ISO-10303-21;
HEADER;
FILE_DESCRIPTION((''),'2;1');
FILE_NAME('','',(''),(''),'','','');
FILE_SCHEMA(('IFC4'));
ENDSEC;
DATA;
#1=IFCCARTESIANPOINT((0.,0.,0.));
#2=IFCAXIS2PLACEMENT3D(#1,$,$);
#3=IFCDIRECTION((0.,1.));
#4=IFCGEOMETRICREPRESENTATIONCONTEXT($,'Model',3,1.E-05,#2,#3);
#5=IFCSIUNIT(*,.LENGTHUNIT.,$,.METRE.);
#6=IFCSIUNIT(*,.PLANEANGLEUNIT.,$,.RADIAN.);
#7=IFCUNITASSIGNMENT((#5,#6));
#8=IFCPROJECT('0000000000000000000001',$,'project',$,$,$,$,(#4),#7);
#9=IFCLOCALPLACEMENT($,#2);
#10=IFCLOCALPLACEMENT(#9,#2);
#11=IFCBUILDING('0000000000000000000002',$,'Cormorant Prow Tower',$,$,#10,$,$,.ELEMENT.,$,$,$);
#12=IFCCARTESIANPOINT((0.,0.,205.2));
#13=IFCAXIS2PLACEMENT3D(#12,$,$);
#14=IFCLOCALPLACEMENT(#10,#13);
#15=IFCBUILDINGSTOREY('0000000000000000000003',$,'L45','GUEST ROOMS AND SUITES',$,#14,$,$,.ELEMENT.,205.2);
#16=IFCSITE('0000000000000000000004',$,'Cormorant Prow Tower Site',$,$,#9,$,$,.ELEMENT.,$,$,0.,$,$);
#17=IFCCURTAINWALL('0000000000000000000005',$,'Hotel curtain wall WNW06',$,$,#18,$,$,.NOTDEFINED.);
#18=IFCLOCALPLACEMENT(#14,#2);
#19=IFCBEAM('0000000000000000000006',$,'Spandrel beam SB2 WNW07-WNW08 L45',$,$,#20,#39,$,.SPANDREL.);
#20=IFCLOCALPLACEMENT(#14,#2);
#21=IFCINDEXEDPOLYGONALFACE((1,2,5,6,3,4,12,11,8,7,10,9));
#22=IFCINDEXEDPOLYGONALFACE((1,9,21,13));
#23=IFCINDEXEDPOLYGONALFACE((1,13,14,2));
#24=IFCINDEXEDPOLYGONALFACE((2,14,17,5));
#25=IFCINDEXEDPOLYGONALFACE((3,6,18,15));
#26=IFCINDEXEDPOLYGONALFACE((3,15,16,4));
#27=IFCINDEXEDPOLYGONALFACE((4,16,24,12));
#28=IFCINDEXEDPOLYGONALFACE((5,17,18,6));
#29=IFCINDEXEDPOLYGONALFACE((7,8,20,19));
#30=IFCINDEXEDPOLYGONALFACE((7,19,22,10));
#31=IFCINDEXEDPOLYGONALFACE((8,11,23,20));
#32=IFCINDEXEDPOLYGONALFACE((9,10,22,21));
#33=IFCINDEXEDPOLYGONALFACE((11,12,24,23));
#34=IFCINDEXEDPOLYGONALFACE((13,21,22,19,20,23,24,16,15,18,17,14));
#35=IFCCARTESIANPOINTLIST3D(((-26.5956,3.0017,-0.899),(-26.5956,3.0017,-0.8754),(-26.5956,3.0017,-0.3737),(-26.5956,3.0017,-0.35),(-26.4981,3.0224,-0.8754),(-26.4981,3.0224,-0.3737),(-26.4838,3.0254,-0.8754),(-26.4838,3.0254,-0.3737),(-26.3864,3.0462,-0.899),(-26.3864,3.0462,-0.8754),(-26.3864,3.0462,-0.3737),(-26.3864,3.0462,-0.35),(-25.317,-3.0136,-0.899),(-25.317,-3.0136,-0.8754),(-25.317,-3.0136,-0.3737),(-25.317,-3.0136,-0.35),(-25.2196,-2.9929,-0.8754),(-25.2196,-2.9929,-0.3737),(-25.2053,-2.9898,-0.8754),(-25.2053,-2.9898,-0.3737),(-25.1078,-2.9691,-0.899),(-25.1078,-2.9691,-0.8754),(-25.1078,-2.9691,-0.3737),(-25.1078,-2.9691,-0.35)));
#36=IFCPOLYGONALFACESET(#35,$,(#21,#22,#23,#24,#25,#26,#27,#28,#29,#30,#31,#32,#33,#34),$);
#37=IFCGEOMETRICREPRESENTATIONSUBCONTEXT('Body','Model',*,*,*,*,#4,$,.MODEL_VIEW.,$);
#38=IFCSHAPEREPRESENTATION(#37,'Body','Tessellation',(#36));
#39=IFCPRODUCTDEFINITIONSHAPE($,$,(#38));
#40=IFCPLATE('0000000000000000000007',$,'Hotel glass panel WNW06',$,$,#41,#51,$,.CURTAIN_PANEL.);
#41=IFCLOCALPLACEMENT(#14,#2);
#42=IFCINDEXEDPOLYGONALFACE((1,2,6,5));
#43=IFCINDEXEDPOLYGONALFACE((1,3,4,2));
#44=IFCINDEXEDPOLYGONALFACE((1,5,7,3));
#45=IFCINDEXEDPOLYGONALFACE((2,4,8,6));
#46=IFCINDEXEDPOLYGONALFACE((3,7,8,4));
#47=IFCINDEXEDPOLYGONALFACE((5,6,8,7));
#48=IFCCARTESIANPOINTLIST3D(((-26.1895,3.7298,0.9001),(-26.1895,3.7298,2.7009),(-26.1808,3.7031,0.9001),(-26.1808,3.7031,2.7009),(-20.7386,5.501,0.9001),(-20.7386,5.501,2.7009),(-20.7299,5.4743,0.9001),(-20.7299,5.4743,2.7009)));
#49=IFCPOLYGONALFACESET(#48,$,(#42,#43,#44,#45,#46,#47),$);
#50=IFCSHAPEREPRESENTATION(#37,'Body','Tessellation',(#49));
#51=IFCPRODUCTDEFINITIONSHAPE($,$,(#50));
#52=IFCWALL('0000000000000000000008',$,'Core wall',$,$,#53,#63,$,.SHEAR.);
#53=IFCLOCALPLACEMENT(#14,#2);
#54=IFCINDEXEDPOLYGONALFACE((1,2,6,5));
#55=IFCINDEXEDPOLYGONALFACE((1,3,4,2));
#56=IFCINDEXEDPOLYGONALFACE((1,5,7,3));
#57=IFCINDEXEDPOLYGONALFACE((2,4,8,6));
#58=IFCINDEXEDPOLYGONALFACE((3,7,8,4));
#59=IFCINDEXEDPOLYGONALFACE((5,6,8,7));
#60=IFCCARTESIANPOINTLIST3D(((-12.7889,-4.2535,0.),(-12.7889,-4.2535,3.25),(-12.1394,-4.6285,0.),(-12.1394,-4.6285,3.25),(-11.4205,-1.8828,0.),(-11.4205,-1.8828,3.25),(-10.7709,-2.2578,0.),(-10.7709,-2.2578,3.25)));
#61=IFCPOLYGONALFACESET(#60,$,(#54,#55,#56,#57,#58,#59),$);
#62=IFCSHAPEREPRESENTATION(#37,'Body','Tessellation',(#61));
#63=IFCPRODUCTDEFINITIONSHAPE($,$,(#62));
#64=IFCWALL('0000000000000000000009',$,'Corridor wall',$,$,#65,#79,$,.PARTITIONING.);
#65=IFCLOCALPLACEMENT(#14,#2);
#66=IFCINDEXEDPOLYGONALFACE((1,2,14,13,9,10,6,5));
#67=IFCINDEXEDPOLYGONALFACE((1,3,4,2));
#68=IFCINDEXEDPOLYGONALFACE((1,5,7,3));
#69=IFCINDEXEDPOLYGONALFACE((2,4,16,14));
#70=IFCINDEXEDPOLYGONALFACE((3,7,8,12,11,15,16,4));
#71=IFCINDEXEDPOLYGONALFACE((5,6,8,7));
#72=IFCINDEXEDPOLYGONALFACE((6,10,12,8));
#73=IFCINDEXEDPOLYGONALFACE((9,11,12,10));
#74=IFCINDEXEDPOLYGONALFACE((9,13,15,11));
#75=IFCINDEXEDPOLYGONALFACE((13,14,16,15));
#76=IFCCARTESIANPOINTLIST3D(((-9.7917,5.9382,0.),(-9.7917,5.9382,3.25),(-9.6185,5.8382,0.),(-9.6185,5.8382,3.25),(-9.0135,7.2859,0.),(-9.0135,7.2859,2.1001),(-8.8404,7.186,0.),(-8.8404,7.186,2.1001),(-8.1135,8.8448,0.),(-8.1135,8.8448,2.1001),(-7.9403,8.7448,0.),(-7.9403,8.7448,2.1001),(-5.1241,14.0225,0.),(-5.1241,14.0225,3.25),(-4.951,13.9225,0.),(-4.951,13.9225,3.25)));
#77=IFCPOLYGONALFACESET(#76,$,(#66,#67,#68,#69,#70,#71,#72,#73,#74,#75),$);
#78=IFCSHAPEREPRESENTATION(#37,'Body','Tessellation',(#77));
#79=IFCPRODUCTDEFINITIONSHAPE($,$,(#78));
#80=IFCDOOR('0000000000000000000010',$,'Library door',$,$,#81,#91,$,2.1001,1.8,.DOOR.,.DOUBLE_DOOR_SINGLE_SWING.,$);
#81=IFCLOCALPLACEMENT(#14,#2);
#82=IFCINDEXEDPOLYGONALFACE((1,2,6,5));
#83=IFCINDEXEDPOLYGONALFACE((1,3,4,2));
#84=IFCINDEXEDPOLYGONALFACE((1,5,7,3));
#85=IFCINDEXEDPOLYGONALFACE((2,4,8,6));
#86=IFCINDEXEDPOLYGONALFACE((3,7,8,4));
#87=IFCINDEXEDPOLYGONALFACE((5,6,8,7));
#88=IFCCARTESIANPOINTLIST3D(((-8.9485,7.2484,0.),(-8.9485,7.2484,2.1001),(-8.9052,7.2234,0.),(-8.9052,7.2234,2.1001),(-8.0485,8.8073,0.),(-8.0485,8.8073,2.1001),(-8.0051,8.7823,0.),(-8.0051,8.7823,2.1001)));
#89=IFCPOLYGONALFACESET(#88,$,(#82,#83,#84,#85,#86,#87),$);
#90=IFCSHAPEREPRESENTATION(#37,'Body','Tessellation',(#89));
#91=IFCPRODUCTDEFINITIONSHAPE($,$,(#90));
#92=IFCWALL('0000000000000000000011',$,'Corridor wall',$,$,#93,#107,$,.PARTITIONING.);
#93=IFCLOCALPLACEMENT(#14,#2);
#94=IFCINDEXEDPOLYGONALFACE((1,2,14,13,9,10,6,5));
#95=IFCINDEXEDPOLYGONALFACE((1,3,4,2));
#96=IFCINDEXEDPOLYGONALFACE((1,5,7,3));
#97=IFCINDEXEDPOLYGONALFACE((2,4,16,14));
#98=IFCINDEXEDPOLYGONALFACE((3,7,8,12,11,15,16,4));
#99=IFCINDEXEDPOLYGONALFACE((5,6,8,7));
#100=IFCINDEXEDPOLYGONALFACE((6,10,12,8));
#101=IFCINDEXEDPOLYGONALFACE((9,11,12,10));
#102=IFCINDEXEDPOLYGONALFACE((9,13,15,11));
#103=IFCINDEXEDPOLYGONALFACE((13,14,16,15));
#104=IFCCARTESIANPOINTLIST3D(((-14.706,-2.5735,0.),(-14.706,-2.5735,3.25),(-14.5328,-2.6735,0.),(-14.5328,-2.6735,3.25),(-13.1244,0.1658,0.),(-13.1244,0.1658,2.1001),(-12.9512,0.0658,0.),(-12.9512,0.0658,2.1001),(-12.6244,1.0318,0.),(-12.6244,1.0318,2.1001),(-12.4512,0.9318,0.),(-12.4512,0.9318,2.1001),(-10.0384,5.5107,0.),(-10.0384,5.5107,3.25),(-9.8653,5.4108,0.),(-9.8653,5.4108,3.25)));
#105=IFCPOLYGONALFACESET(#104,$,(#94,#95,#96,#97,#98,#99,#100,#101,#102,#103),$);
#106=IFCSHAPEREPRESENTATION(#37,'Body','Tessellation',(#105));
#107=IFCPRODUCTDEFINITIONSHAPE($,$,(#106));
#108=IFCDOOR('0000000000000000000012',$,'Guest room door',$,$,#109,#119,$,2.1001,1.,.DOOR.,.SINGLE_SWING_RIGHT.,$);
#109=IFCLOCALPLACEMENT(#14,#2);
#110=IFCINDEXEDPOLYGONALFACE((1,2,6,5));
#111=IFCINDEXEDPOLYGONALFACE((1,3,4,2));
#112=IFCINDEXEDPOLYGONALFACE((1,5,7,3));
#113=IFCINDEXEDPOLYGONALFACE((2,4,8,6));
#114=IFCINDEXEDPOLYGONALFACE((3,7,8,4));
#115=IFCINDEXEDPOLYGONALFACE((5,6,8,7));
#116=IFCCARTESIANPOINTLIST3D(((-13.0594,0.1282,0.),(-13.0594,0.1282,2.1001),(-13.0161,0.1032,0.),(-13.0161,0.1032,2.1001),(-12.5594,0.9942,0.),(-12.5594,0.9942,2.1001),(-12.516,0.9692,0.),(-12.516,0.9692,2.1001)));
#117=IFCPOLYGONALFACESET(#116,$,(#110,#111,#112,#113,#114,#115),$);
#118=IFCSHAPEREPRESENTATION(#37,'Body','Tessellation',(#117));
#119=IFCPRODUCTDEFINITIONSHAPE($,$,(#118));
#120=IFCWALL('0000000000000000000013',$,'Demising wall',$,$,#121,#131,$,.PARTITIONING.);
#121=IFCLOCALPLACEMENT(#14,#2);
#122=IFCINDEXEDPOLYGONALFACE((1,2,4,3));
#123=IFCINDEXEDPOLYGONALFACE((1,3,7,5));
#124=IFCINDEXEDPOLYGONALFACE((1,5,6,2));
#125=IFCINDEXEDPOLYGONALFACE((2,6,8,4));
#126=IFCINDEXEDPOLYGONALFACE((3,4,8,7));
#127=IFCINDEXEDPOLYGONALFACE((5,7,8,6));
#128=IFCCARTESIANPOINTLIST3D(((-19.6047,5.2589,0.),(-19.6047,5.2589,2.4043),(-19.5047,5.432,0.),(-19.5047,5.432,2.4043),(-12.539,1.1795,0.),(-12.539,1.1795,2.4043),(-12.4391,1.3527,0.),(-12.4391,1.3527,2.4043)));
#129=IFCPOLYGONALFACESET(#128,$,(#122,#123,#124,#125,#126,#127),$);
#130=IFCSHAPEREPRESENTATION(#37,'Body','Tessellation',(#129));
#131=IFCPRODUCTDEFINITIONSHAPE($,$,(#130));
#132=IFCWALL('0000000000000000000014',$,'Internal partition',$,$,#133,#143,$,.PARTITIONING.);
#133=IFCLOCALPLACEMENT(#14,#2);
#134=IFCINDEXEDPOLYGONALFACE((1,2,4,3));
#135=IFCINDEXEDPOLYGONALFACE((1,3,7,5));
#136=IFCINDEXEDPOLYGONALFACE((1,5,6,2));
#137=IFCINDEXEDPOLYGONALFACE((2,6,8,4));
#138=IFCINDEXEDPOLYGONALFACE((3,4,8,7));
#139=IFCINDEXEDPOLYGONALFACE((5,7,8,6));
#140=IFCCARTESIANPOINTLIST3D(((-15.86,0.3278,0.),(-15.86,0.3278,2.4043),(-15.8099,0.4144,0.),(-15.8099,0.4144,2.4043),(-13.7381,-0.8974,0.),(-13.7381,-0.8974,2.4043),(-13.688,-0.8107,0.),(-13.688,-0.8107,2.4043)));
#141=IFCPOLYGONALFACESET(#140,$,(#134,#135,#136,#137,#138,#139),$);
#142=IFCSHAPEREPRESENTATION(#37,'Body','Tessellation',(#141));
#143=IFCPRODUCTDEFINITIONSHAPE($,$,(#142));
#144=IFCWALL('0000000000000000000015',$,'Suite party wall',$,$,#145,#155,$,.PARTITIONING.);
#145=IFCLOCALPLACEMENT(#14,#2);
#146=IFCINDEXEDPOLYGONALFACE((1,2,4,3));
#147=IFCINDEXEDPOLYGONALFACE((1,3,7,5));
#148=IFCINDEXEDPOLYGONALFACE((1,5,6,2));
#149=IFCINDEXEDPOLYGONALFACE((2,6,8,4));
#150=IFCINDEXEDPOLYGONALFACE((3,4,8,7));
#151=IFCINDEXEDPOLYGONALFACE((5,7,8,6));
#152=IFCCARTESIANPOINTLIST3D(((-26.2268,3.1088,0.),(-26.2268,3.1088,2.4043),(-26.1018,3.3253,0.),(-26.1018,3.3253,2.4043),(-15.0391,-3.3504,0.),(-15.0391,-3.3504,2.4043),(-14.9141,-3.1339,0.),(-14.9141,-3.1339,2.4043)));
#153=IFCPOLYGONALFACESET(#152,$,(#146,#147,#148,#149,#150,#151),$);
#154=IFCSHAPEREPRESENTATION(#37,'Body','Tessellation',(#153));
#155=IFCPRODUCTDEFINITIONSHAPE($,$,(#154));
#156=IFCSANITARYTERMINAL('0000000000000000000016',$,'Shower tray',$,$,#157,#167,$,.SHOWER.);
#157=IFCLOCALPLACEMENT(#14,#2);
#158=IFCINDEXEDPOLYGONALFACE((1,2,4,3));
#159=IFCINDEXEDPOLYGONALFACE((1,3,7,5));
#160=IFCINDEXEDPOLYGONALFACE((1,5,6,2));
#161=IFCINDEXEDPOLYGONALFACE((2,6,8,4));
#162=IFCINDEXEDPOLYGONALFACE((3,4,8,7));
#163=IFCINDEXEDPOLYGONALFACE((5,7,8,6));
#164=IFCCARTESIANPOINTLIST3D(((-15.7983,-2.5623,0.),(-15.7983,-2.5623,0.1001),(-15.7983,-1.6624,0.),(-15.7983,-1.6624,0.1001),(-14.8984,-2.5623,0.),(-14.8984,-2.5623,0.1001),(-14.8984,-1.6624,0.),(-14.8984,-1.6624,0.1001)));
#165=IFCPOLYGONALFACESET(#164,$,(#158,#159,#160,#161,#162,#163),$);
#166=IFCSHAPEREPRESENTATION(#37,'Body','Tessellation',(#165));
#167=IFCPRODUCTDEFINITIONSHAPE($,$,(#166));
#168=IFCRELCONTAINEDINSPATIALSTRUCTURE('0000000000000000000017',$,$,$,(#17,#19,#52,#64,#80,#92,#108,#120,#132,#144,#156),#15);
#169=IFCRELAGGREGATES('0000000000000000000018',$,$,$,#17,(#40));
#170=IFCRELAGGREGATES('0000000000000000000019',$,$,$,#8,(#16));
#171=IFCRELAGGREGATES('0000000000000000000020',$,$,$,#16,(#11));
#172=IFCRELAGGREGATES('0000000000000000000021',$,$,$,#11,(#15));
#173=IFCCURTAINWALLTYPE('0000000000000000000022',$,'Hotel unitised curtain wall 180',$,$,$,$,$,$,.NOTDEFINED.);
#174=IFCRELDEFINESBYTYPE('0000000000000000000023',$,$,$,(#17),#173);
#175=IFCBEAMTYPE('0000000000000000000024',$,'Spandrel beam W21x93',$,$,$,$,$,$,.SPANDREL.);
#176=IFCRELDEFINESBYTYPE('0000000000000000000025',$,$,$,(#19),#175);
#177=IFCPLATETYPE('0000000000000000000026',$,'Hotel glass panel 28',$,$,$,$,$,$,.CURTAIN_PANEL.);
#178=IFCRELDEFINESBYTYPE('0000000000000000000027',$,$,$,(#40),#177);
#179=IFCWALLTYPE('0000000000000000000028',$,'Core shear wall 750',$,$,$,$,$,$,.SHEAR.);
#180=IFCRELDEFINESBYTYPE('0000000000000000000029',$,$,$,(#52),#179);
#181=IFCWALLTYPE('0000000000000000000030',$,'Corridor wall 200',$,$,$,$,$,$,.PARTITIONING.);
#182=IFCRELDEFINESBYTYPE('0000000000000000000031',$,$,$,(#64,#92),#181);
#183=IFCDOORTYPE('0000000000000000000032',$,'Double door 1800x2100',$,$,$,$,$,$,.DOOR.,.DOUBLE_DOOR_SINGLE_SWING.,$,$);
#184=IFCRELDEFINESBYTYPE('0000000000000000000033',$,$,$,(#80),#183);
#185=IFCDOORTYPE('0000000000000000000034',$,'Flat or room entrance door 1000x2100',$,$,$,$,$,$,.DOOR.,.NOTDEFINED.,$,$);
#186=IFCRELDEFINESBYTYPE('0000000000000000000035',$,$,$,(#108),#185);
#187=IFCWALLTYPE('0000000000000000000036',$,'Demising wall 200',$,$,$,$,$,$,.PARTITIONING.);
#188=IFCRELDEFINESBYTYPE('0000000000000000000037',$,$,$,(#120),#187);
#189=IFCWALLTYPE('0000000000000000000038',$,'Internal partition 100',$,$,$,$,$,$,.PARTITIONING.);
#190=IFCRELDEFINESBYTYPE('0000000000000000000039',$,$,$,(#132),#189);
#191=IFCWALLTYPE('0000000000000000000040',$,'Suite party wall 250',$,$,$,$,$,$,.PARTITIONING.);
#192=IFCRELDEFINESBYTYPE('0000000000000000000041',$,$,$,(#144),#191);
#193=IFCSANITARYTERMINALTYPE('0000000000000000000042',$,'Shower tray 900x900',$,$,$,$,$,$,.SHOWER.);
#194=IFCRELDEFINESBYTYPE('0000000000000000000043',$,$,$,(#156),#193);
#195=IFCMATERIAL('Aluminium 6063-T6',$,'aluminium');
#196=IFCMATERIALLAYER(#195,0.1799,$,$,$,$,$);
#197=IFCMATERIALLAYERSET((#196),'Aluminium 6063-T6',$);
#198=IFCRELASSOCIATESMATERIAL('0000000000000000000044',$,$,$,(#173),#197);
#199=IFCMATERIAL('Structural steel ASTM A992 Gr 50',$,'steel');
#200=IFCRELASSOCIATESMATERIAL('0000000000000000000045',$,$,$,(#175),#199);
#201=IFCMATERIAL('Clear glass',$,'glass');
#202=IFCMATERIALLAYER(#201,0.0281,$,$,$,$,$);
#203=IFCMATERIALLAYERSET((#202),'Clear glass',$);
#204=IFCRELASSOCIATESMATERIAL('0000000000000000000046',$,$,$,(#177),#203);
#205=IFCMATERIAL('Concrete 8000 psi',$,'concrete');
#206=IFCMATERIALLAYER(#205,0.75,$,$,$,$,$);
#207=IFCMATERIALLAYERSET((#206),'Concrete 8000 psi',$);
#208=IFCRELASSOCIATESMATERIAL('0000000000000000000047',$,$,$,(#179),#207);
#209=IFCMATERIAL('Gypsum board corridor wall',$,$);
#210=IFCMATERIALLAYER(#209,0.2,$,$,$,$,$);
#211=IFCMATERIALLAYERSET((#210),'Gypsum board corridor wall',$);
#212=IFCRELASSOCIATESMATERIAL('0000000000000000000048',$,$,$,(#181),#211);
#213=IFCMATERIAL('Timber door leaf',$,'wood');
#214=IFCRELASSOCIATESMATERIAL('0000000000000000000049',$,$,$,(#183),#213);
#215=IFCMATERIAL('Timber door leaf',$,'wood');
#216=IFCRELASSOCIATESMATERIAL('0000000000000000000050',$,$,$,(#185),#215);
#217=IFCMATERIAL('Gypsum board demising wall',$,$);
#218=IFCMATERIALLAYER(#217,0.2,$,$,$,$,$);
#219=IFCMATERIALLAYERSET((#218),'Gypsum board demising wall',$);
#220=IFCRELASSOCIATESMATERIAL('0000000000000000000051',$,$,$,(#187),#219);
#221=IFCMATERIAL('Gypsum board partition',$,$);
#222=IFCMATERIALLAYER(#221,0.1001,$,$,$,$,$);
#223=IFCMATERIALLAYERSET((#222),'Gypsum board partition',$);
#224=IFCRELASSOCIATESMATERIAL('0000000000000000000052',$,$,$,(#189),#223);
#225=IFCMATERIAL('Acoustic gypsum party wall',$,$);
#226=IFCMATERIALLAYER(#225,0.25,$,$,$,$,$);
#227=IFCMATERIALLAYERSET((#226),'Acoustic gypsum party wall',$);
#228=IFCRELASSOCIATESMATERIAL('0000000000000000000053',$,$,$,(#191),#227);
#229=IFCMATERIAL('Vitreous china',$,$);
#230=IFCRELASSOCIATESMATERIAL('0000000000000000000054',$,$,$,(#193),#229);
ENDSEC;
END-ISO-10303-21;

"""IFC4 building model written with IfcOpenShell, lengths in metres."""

from ifc_helpers import new_model, si_unit, direction, frame, frame_2d, origin, origin_2d, place, context, subcontext, project, spatial, rectangle, i_section, extrude, material, layer, layer_set, material_profile, profile_set, type_object, element, fill, aggregate, save


model = new_model("IFC4")

# Units and contexts
model_context = context("Model", 3, precision=1e-05, world=origin(), true_north=direction((0.0, 1.0)))
body_context = subcontext(model_context, "Body", "Model", "MODEL_VIEW")
ifc_project = project(units=[si_unit("LENGTHUNIT", "METRE"), si_unit("PLANEANGLEUNIT", "RADIAN")], contexts=[model_context])

# Site, building, storey
site_placement = place(None, origin())
site = spatial("IfcSite", under=ifc_project, at=site_placement, Name="Cormorant Prow Tower Site", CompositionType="ELEMENT", RefElevation=0.0)
building_placement = place(site_placement, origin())
building = spatial("IfcBuilding", under=site, at=building_placement, Name="Cormorant Prow Tower", CompositionType="ELEMENT")
storey_placement = place(building_placement, frame((0.0, 0.0, 205.2)))
storey = spatial("IfcBuildingStorey", under=building, at=storey_placement, Name="L45", Description="GUEST ROOMS AND SUITES", CompositionType="ELEMENT", Elevation=205.2)

# Curtain wall
ifc_material_1 = material(Name="Aluminium 6063-T6", Category="aluminium")
ifc_layer_1 = layer(ifc_material_1, 0.1799)
ifc_layer_set_1 = layer_set([ifc_layer_1], Name="Aluminium 6063-T6")
curtain_wall_type = type_object("IfcCurtainWallType", Name="Hotel unitised curtain wall 180", PredefinedType="NOTDEFINED", material=ifc_layer_set_1)
curtain_wall_placement = place(storey_placement, origin())
curtain_wall = element("IfcCurtainWall", 1, at=curtain_wall_placement, inside=storey, type_object=curtain_wall_type, Name="Hotel curtain wall WNW06", PredefinedType="NOTDEFINED")

# Beam
ifc_material_2 = material(Name="Structural steel ASTM A992 Gr 50", Category="steel")
ifc_material_profile_1 = material_profile(ifc_material_2, i_section(OverallWidth=0.2139, OverallDepth=0.5491, WebThickness=0.0146, FlangeThickness=0.0237, at=origin_2d()), Name="W21x93")
ifc_profile_set_1 = profile_set([ifc_material_profile_1], Name="Structural steel ASTM A992 Gr 50")
beam_type_1 = type_object("IfcBeamType", Name="Spandrel beam W21x93", PredefinedType="SPANDREL", material=ifc_profile_set_1)
beam_1_placement = place(storey_placement, frame((-26.491, 3.0239, -0.6245), z_axis=(0.207905, -0.978149, 0.0), x_axis=(0.978149, 0.207905, 0.0)))
element("IfcBeam", 2, at=beam_1_placement, inside=storey, type_object=beam_type_1, Name="Spandrel beam SB2 WNW07-WNW08 L45", PredefinedType="SPANDREL", context=body_context, shape_type="SweptSolid", body=[
    extrude(i_section(OverallWidth=0.2139, OverallDepth=0.5491, WebThickness=0.0146, FlangeThickness=0.0237, at=origin_2d()), origin(), (0.0, 0.0, 1.0), 6.1497),
])

# Plate
ifc_material_3 = material(Name="Clear glass", Category="glass")
ifc_layer_2 = layer(ifc_material_3, 0.0281)
ifc_layer_set_2 = layer_set([ifc_layer_2], Name="Clear glass")
plate_type = type_object("IfcPlateType", Name="Hotel glass panel 28", PredefinedType="CURTAIN_PANEL", material=ifc_layer_set_2)
plate_placement = place(storey_placement, frame((-23.4597, 4.6021, 0.9001), z_axis=(0.0, 0.0, 1.0), x_axis=(-0.951057, -0.309017, 0.0)))
plate = element("IfcPlate", 3, at=plate_placement, type_object=plate_type, Name="Hotel glass panel WNW06", PredefinedType="CURTAIN_PANEL", context=body_context, shape_type="SweptSolid", body=[
    extrude(rectangle(XDim=5.7314, YDim=0.0281, at=origin_2d()), origin(), (0.0, 0.0, 1.0), 1.8008),
])
aggregate(curtain_wall, [plate])

# Wall
ifc_material_4 = material(Name="Concrete 8000 psi", Category="concrete")
ifc_layer_3 = layer(ifc_material_4, 0.75)
ifc_layer_set_3 = layer_set([ifc_layer_3], Name="Concrete 8000 psi")
wall_type_1 = type_object("IfcWallType", Name="Core shear wall 750", PredefinedType="SHEAR", material=ifc_layer_set_3)
wall_1_placement = place(storey_placement, frame((-11.0957, -2.0703, 0.0), z_axis=(0.0, 0.0, 1.0), x_axis=(-0.499928, -0.866067, 0.0)))
element("IfcWall", 4, at=wall_1_placement, inside=storey, type_object=wall_type_1, Name="Core wall", PredefinedType="SHEAR", context=body_context, shape_type="SweptSolid", body=[
    extrude(rectangle(XDim=2.7373, YDim=0.75, at=frame_2d((1.3687, 0.0))), origin(), (0.0, 0.0, 1.0), 3.25),
])

# Walls, openings, doors
ifc_material_5 = material(Name="Gypsum board corridor wall")
ifc_layer_4 = layer(ifc_material_5, 0.2)
ifc_layer_set_4 = layer_set([ifc_layer_4], Name="Gypsum board corridor wall")
wall_type_2 = type_object("IfcWallType", Name="Corridor wall 200", PredefinedType="PARTITIONING", material=ifc_layer_set_4)
wall_2_placement = place(storey_placement, frame((-9.7051, 5.8882, 0.0), z_axis=(0.0, 0.0, 1.0), x_axis=(0.500004, 0.866023, 0.0)))
wall_2 = element("IfcWall", 5, at=wall_2_placement, inside=storey, type_object=wall_type_2, Name="Corridor wall", PredefinedType="PARTITIONING", context=body_context, shape_type="SweptSolid", body=[
    extrude(rectangle(XDim=9.335, YDim=0.2, at=frame_2d((4.6675, 0.0))), origin(), (0.0, 0.0, 1.0), 3.25),
])
opening_1_placement = place(wall_2_placement, frame((1.5564, 0.0, 0.0)))
opening_1 = element("IfcOpeningElement", 6, at=opening_1_placement, cuts=wall_2, PredefinedType="OPENING", context=body_context, shape_type="SweptSolid", body=[
    extrude(rectangle(XDim=1.8, YDim=2.1001, at=frame_2d((0.8999, 1.05))), frame((0.0, 0.1099, 0.0), z_axis=(0.0, -1.0, 0.0), x_axis=(1.0, 0.0, 0.0)), (0.0, 0.0, 1.0), 0.22),
])
ifc_material_6 = material(Name="Timber door leaf", Category="wood")
door_type_1 = type_object("IfcDoorType", Name="Double door 1800x2100", OperationType="DOUBLE_DOOR_SINGLE_SWING", PredefinedType="DOOR", material=ifc_material_6)
door_1_placement = place(opening_1_placement, origin())
door_1 = element("IfcDoor", 7, at=door_1_placement, inside=storey, type_object=door_type_1, Name="Library door", OperationType="DOUBLE_DOOR_SINGLE_SWING", OverallHeight=2.1001, OverallWidth=1.8, PredefinedType="DOOR", context=body_context, shape_type="SweptSolid", body=[
    extrude(rectangle(XDim=1.8, YDim=2.1001, at=frame_2d((0.8999, 1.05))), frame((0.0, 0.0249, 0.0), z_axis=(0.0, -1.0, 0.0), x_axis=(1.0, 0.0, 0.0)), (0.0, 0.0, 1.0), 0.05),
])
fill(opening_1, door_1)
wall_3_placement = place(storey_placement, frame((-14.6194, -2.6235, 0.0), z_axis=(0.0, 0.0, 1.0), x_axis=(0.500004, 0.866023, 0.0)))
wall_3 = element("IfcWall", 8, at=wall_3_placement, inside=storey, type_object=wall_type_2, Name="Corridor wall", PredefinedType="PARTITIONING", context=body_context, shape_type="SweptSolid", body=[
    extrude(rectangle(XDim=9.335, YDim=0.2, at=frame_2d((4.6675, 0.0))), origin(), (0.0, 0.0, 1.0), 3.25),
])
opening_2_placement = place(wall_3_placement, frame((3.1631, 0.0, 0.0)))
opening_2 = element("IfcOpeningElement", 9, at=opening_2_placement, cuts=wall_3, PredefinedType="OPENING", context=body_context, shape_type="SweptSolid", body=[
    extrude(rectangle(XDim=1.0, YDim=2.1001, at=frame_2d((0.5, 1.05))), frame((0.0, 0.1099, 0.0), z_axis=(0.0, -1.0, 0.0), x_axis=(1.0, 0.0, 0.0)), (0.0, 0.0, 1.0), 0.22),
])
ifc_material_7 = material(Name="Timber door leaf", Category="wood")
door_type_2 = type_object("IfcDoorType", Name="Flat or room entrance door 1000x2100", OperationType="NOTDEFINED", PredefinedType="DOOR", material=ifc_material_7)
door_2_placement = place(opening_2_placement, origin())
door_2 = element("IfcDoor", 10, at=door_2_placement, inside=storey, type_object=door_type_2, Name="Guest room door", OperationType="SINGLE_SWING_RIGHT", OverallHeight=2.1001, OverallWidth=1.0, PredefinedType="DOOR", context=body_context, shape_type="SweptSolid", body=[
    extrude(rectangle(XDim=1.0, YDim=2.1001, at=frame_2d((0.5, 1.05))), frame((0.0, 0.0249, 0.0), z_axis=(0.0, -1.0, 0.0), x_axis=(1.0, 0.0, 0.0)), (0.0, 0.0, 1.0), 0.05),
])
fill(opening_2, door_2)

# Walls
ifc_material_8 = material(Name="Gypsum board demising wall")
ifc_layer_5 = layer(ifc_material_8, 0.2)
ifc_layer_set_5 = layer_set([ifc_layer_5], Name="Gypsum board demising wall")
wall_type_3 = type_object("IfcWallType", Name="Demising wall 200", PredefinedType="PARTITIONING", material=ifc_layer_set_5)
wall_4_placement = place(storey_placement, frame((-19.5547, 5.3455, 0.0), z_axis=(0.0, 0.0, 1.0), x_axis=(0.866027, -0.499998, 0.0)))
element("IfcWall", 11, at=wall_4_placement, inside=storey, type_object=wall_type_3, Name="Demising wall", PredefinedType="PARTITIONING", context=body_context, shape_type="SweptSolid", body=[
    extrude(rectangle(XDim=8.1587, YDim=0.2, at=frame_2d((4.0793, 0.0))), origin(), (0.0, 0.0, 1.0), 2.4043),
])
ifc_material_9 = material(Name="Gypsum board partition")
ifc_layer_6 = layer(ifc_material_9, 0.1001)
ifc_layer_set_6 = layer_set([ifc_layer_6], Name="Gypsum board partition")
wall_type_4 = type_object("IfcWallType", Name="Internal partition 100", PredefinedType="PARTITIONING", material=ifc_layer_set_6)
wall_5_placement = place(storey_placement, frame((-15.835, 0.3711, 0.0), z_axis=(0.0, 0.0, 1.0), x_axis=(0.866015, -0.500019, 0.0)))
element("IfcWall", 12, at=wall_5_placement, inside=storey, type_object=wall_type_4, Name="Internal partition", PredefinedType="PARTITIONING", context=body_context, shape_type="SweptSolid", body=[
    extrude(rectangle(XDim=2.4502, YDim=0.1001, at=frame_2d((1.2251, 0.0))), origin(), (0.0, 0.0, 1.0), 2.4043),
])
ifc_material_10 = material(Name="Acoustic gypsum party wall")
ifc_layer_7 = layer(ifc_material_10, 0.25)
ifc_layer_set_7 = layer_set([ifc_layer_7], Name="Acoustic gypsum party wall")
wall_type_5 = type_object("IfcWallType", Name="Suite party wall 250", PredefinedType="PARTITIONING", material=ifc_layer_set_7)
wall_6_placement = place(storey_placement, frame((-26.1643, 3.217, 0.0), z_axis=(0.0, 0.0, 1.0), x_axis=(0.866026, -0.499999, 0.0)))
element("IfcWall", 13, at=wall_6_placement, inside=storey, type_object=wall_type_5, Name="Suite party wall", PredefinedType="PARTITIONING", context=body_context, shape_type="SweptSolid", body=[
    extrude(rectangle(XDim=12.9185, YDim=0.25, at=frame_2d((6.4592, 0.0))), origin(), (0.0, 0.0, 1.0), 2.4043),
])

# Sanitary terminal
ifc_material_11 = material(Name="Vitreous china")
sanitary_terminal_type_1 = type_object("IfcSanitaryTerminalType", Name="Shower tray 900x900", PredefinedType="SHOWER", material=ifc_material_11)
for number, where, z_axis, x_axis, name in (
    (14, (-15.3484, -2.1123, 0.0), (0.0, 0.0, 1.0), (1.0, 0.0, 0.0), "Shower tray"),
):
    element("IfcSanitaryTerminal", number, at=place(storey_placement, frame(where, z_axis=z_axis, x_axis=x_axis)), inside=storey, type_object=sanitary_terminal_type_1, Name=name, PredefinedType="SHOWER", context=body_context, shape_type="SweptSolid", body=[
        extrude(rectangle(XDim=0.8999, YDim=0.8999, at=origin_2d()), origin(), (0.0, 0.0, 1.0), 0.1001),
    ])

save(model, "model.ifc")
